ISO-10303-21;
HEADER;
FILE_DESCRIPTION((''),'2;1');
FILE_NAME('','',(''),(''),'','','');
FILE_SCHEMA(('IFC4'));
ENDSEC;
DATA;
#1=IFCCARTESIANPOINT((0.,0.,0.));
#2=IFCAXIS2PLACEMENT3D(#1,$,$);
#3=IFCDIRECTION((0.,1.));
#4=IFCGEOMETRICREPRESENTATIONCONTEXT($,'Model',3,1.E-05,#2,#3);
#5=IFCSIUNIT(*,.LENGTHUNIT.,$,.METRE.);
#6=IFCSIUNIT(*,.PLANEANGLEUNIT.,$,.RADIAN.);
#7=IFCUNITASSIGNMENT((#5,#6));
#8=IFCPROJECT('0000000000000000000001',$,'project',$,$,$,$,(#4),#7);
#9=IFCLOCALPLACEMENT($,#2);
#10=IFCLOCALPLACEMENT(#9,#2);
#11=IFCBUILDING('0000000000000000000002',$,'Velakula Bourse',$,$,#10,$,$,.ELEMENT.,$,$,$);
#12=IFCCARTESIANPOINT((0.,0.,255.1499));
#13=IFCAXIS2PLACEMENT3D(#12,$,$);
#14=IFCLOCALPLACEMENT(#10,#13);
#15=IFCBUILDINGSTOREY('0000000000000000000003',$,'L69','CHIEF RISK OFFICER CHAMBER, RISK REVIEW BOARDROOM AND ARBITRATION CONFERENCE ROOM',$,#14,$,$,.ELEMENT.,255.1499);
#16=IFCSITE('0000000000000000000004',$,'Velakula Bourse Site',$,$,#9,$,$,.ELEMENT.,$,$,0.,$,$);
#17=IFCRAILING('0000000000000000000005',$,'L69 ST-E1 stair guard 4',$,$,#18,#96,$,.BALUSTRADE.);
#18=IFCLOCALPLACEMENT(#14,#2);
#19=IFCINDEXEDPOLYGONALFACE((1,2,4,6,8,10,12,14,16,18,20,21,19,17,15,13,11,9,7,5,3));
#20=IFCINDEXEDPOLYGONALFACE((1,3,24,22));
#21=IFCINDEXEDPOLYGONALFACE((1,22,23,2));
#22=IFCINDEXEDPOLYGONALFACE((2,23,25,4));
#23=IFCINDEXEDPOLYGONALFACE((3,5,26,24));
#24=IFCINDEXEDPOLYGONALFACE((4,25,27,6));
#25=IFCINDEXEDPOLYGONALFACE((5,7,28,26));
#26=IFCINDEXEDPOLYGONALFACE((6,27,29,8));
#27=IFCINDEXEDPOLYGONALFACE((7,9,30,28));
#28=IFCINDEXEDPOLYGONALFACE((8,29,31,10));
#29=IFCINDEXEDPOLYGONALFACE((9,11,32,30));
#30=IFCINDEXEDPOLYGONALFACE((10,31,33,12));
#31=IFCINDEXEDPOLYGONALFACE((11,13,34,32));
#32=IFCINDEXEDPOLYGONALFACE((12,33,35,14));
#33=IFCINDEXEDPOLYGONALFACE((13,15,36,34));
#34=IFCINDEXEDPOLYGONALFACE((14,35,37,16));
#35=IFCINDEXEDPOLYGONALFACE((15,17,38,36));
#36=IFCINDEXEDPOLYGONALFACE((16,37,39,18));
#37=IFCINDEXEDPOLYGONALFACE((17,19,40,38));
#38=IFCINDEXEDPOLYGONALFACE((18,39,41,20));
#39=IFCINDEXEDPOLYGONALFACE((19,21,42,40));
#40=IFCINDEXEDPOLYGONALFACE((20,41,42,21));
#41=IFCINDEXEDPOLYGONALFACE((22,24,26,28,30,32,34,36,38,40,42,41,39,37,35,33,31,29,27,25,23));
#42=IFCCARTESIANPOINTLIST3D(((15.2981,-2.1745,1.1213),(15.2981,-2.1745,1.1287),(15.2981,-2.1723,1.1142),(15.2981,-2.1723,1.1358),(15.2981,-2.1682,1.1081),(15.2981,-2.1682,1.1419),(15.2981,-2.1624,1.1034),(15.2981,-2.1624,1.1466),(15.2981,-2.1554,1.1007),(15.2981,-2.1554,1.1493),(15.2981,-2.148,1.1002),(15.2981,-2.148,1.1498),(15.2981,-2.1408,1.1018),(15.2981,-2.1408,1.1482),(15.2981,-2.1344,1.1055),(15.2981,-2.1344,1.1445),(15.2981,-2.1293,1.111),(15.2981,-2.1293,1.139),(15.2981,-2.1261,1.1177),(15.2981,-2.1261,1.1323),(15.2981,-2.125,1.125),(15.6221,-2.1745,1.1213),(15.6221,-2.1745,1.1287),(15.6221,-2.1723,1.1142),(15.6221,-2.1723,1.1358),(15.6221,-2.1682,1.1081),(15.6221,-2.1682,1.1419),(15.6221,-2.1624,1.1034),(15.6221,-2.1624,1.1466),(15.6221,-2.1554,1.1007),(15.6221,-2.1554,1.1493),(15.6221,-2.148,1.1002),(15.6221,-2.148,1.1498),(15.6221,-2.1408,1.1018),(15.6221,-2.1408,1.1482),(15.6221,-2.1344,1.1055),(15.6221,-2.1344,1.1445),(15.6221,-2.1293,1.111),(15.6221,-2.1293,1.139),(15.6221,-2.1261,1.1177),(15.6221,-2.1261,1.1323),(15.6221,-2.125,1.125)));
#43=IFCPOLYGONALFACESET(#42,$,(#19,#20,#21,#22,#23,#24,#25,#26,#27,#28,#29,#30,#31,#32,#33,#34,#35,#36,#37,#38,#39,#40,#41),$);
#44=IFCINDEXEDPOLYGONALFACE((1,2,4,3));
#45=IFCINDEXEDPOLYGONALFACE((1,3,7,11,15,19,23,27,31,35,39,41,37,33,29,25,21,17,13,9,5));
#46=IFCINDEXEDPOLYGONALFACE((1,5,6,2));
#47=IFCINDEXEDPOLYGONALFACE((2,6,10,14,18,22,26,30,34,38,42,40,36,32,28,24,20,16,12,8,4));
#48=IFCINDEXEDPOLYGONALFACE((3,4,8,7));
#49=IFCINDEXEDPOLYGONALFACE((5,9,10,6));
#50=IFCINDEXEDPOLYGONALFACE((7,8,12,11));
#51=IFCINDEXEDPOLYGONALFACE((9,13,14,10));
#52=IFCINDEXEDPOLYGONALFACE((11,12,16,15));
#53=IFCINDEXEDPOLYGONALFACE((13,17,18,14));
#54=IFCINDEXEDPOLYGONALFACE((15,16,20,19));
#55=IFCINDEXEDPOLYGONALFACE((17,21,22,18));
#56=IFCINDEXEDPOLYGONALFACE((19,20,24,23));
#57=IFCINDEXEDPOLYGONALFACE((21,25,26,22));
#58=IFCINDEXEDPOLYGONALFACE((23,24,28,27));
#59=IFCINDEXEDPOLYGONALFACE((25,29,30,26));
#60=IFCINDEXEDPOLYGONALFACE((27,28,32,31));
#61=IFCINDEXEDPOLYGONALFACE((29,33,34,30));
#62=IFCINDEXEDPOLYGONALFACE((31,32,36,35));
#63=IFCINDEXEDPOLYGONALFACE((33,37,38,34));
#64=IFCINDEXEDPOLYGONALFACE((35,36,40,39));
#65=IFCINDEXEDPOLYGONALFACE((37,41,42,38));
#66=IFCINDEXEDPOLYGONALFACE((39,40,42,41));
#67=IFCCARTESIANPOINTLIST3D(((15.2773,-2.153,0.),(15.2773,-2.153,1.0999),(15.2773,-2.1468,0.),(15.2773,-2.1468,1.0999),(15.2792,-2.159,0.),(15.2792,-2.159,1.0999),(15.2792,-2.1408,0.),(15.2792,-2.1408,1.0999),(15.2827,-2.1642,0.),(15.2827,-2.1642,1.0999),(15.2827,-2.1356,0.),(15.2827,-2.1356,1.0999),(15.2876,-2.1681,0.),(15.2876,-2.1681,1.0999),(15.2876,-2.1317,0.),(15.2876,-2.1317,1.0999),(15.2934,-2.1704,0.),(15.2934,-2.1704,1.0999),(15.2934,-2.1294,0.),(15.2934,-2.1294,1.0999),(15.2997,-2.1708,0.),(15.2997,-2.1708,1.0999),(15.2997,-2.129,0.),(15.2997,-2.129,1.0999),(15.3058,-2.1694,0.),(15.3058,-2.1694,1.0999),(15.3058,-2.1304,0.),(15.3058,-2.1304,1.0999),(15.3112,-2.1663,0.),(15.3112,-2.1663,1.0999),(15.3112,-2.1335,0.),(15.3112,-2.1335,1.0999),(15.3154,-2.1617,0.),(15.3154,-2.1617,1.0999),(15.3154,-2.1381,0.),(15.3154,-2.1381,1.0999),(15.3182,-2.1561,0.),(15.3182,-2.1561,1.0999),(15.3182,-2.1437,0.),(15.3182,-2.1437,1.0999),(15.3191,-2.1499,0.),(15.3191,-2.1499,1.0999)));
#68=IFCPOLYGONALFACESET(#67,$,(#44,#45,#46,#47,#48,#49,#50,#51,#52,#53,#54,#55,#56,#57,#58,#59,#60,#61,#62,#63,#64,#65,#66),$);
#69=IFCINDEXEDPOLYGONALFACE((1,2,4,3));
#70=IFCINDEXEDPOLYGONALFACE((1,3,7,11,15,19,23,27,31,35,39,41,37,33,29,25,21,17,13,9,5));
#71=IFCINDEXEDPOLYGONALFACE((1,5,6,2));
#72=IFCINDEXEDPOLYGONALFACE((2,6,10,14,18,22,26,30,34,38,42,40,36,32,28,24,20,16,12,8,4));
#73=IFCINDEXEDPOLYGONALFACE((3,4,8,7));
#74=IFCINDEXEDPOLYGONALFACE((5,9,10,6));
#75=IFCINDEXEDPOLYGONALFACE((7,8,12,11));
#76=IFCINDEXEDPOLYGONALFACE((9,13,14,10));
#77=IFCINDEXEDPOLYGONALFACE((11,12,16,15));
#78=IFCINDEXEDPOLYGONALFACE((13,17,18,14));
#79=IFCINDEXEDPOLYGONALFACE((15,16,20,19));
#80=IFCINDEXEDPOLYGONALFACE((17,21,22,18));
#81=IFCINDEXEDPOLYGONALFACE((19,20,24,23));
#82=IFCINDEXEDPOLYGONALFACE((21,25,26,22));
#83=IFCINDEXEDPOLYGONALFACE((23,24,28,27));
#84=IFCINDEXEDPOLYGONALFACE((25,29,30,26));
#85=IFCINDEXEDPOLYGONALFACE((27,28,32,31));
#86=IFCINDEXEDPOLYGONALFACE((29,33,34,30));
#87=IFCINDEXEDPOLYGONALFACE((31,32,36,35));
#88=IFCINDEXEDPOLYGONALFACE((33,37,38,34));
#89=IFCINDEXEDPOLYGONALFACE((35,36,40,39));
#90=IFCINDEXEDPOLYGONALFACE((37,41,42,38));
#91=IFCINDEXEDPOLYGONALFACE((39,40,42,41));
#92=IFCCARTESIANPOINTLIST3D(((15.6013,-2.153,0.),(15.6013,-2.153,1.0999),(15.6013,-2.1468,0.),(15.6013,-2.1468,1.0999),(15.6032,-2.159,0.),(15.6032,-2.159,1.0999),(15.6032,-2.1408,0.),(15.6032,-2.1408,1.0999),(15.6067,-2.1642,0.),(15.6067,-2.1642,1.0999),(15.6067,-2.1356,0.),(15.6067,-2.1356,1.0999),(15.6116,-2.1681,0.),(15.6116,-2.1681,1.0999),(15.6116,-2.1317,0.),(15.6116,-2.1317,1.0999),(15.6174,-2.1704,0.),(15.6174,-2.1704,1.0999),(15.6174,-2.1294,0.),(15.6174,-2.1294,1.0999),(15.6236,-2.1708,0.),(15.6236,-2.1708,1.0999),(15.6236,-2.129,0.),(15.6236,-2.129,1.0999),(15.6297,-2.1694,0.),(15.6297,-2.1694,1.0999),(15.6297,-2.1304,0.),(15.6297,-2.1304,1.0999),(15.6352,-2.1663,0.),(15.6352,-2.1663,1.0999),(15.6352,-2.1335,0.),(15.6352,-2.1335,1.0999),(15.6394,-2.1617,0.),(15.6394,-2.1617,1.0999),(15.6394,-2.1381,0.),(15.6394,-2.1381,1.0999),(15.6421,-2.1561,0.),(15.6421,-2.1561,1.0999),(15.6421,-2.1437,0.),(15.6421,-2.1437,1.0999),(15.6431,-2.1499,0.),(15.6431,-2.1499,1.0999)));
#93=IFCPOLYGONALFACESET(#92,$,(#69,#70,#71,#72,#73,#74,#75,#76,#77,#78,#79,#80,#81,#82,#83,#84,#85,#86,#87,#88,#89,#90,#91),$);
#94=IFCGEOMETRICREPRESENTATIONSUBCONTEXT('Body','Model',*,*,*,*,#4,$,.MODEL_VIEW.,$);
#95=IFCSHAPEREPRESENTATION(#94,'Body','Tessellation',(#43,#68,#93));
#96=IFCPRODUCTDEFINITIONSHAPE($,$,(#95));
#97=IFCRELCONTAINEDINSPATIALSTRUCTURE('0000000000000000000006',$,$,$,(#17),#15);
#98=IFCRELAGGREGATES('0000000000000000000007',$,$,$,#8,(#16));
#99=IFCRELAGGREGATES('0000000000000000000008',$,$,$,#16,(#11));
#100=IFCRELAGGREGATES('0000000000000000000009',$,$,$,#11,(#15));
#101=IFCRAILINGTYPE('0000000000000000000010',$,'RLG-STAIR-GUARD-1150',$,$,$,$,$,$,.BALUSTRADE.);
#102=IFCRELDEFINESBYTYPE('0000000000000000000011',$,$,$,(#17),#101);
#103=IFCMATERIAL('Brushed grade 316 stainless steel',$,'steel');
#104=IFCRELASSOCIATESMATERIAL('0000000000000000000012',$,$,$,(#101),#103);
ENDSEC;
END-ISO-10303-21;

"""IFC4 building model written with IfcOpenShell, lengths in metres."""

from ifc_helpers import new_model, si_unit, direction, frame, origin, origin_2d, place, context, subcontext, project, spatial, circle, extrude, material, type_object, element, save


model = new_model("IFC4")

# Units and contexts
model_context = context("Model", 3, precision=1e-05, world=origin(), true_north=direction((0.0, 1.0)))
body_context = subcontext(model_context, "Body", "Model", "MODEL_VIEW")
ifc_project = project(units=[si_unit("LENGTHUNIT", "METRE"), si_unit("PLANEANGLEUNIT", "RADIAN")], contexts=[model_context])

# Site, building, storey
site_placement = place(None, origin())
site = spatial("IfcSite", under=ifc_project, at=site_placement, Name="Velakula Bourse Site", CompositionType="ELEMENT", RefElevation=0.0)
building_placement = place(site_placement, origin())
building = spatial("IfcBuilding", under=site, at=building_placement, Name="Velakula Bourse", CompositionType="ELEMENT")
storey_placement = place(building_placement, frame((0.0, 0.0, 255.1499)))
storey = spatial("IfcBuildingStorey", under=building, at=storey_placement, Name="L69", Description="CHIEF RISK OFFICER CHAMBER, RISK REVIEW BOARDROOM AND ARBITRATION CONFERENCE ROOM", CompositionType="ELEMENT", Elevation=255.1499)

# Shared definitions
ifc_material_1 = material(Name="Brushed grade 316 stainless steel", Category="steel")

# Railing
railing_type_1 = type_object("IfcRailingType", Name="RLG-STAIR-GUARD-1150", PredefinedType="BALUSTRADE", material=ifc_material_1)
railing_1_placement = place(storey_placement, frame((15.2981, -2.1499, 0.0)))
element("IfcRailing", 1, at=railing_1_placement, inside=storey, type_object=railing_type_1, Name="L69 ST-E1 stair guard 4", PredefinedType="BALUSTRADE", context=body_context, shape_type="SweptSolid", body=[
    extrude(circle(Radius=0.0249, at=origin_2d()), frame((0.0, 0.0, 1.125), z_axis=(1.0, 0.0, 0.0), x_axis=(0.0, 1.0, 0.0)), (0.0, 0.0, 1.0), 0.324),
    extrude(circle(Radius=0.021, at=origin_2d()), origin(), (0.0, 0.0, 1.0), 1.0999),
    extrude(circle(Radius=0.021, at=origin_2d()), frame((0.324, 0.0, 0.0)), (0.0, 0.0, 1.0), 1.0999),
])

save(model, "model.ifc")
